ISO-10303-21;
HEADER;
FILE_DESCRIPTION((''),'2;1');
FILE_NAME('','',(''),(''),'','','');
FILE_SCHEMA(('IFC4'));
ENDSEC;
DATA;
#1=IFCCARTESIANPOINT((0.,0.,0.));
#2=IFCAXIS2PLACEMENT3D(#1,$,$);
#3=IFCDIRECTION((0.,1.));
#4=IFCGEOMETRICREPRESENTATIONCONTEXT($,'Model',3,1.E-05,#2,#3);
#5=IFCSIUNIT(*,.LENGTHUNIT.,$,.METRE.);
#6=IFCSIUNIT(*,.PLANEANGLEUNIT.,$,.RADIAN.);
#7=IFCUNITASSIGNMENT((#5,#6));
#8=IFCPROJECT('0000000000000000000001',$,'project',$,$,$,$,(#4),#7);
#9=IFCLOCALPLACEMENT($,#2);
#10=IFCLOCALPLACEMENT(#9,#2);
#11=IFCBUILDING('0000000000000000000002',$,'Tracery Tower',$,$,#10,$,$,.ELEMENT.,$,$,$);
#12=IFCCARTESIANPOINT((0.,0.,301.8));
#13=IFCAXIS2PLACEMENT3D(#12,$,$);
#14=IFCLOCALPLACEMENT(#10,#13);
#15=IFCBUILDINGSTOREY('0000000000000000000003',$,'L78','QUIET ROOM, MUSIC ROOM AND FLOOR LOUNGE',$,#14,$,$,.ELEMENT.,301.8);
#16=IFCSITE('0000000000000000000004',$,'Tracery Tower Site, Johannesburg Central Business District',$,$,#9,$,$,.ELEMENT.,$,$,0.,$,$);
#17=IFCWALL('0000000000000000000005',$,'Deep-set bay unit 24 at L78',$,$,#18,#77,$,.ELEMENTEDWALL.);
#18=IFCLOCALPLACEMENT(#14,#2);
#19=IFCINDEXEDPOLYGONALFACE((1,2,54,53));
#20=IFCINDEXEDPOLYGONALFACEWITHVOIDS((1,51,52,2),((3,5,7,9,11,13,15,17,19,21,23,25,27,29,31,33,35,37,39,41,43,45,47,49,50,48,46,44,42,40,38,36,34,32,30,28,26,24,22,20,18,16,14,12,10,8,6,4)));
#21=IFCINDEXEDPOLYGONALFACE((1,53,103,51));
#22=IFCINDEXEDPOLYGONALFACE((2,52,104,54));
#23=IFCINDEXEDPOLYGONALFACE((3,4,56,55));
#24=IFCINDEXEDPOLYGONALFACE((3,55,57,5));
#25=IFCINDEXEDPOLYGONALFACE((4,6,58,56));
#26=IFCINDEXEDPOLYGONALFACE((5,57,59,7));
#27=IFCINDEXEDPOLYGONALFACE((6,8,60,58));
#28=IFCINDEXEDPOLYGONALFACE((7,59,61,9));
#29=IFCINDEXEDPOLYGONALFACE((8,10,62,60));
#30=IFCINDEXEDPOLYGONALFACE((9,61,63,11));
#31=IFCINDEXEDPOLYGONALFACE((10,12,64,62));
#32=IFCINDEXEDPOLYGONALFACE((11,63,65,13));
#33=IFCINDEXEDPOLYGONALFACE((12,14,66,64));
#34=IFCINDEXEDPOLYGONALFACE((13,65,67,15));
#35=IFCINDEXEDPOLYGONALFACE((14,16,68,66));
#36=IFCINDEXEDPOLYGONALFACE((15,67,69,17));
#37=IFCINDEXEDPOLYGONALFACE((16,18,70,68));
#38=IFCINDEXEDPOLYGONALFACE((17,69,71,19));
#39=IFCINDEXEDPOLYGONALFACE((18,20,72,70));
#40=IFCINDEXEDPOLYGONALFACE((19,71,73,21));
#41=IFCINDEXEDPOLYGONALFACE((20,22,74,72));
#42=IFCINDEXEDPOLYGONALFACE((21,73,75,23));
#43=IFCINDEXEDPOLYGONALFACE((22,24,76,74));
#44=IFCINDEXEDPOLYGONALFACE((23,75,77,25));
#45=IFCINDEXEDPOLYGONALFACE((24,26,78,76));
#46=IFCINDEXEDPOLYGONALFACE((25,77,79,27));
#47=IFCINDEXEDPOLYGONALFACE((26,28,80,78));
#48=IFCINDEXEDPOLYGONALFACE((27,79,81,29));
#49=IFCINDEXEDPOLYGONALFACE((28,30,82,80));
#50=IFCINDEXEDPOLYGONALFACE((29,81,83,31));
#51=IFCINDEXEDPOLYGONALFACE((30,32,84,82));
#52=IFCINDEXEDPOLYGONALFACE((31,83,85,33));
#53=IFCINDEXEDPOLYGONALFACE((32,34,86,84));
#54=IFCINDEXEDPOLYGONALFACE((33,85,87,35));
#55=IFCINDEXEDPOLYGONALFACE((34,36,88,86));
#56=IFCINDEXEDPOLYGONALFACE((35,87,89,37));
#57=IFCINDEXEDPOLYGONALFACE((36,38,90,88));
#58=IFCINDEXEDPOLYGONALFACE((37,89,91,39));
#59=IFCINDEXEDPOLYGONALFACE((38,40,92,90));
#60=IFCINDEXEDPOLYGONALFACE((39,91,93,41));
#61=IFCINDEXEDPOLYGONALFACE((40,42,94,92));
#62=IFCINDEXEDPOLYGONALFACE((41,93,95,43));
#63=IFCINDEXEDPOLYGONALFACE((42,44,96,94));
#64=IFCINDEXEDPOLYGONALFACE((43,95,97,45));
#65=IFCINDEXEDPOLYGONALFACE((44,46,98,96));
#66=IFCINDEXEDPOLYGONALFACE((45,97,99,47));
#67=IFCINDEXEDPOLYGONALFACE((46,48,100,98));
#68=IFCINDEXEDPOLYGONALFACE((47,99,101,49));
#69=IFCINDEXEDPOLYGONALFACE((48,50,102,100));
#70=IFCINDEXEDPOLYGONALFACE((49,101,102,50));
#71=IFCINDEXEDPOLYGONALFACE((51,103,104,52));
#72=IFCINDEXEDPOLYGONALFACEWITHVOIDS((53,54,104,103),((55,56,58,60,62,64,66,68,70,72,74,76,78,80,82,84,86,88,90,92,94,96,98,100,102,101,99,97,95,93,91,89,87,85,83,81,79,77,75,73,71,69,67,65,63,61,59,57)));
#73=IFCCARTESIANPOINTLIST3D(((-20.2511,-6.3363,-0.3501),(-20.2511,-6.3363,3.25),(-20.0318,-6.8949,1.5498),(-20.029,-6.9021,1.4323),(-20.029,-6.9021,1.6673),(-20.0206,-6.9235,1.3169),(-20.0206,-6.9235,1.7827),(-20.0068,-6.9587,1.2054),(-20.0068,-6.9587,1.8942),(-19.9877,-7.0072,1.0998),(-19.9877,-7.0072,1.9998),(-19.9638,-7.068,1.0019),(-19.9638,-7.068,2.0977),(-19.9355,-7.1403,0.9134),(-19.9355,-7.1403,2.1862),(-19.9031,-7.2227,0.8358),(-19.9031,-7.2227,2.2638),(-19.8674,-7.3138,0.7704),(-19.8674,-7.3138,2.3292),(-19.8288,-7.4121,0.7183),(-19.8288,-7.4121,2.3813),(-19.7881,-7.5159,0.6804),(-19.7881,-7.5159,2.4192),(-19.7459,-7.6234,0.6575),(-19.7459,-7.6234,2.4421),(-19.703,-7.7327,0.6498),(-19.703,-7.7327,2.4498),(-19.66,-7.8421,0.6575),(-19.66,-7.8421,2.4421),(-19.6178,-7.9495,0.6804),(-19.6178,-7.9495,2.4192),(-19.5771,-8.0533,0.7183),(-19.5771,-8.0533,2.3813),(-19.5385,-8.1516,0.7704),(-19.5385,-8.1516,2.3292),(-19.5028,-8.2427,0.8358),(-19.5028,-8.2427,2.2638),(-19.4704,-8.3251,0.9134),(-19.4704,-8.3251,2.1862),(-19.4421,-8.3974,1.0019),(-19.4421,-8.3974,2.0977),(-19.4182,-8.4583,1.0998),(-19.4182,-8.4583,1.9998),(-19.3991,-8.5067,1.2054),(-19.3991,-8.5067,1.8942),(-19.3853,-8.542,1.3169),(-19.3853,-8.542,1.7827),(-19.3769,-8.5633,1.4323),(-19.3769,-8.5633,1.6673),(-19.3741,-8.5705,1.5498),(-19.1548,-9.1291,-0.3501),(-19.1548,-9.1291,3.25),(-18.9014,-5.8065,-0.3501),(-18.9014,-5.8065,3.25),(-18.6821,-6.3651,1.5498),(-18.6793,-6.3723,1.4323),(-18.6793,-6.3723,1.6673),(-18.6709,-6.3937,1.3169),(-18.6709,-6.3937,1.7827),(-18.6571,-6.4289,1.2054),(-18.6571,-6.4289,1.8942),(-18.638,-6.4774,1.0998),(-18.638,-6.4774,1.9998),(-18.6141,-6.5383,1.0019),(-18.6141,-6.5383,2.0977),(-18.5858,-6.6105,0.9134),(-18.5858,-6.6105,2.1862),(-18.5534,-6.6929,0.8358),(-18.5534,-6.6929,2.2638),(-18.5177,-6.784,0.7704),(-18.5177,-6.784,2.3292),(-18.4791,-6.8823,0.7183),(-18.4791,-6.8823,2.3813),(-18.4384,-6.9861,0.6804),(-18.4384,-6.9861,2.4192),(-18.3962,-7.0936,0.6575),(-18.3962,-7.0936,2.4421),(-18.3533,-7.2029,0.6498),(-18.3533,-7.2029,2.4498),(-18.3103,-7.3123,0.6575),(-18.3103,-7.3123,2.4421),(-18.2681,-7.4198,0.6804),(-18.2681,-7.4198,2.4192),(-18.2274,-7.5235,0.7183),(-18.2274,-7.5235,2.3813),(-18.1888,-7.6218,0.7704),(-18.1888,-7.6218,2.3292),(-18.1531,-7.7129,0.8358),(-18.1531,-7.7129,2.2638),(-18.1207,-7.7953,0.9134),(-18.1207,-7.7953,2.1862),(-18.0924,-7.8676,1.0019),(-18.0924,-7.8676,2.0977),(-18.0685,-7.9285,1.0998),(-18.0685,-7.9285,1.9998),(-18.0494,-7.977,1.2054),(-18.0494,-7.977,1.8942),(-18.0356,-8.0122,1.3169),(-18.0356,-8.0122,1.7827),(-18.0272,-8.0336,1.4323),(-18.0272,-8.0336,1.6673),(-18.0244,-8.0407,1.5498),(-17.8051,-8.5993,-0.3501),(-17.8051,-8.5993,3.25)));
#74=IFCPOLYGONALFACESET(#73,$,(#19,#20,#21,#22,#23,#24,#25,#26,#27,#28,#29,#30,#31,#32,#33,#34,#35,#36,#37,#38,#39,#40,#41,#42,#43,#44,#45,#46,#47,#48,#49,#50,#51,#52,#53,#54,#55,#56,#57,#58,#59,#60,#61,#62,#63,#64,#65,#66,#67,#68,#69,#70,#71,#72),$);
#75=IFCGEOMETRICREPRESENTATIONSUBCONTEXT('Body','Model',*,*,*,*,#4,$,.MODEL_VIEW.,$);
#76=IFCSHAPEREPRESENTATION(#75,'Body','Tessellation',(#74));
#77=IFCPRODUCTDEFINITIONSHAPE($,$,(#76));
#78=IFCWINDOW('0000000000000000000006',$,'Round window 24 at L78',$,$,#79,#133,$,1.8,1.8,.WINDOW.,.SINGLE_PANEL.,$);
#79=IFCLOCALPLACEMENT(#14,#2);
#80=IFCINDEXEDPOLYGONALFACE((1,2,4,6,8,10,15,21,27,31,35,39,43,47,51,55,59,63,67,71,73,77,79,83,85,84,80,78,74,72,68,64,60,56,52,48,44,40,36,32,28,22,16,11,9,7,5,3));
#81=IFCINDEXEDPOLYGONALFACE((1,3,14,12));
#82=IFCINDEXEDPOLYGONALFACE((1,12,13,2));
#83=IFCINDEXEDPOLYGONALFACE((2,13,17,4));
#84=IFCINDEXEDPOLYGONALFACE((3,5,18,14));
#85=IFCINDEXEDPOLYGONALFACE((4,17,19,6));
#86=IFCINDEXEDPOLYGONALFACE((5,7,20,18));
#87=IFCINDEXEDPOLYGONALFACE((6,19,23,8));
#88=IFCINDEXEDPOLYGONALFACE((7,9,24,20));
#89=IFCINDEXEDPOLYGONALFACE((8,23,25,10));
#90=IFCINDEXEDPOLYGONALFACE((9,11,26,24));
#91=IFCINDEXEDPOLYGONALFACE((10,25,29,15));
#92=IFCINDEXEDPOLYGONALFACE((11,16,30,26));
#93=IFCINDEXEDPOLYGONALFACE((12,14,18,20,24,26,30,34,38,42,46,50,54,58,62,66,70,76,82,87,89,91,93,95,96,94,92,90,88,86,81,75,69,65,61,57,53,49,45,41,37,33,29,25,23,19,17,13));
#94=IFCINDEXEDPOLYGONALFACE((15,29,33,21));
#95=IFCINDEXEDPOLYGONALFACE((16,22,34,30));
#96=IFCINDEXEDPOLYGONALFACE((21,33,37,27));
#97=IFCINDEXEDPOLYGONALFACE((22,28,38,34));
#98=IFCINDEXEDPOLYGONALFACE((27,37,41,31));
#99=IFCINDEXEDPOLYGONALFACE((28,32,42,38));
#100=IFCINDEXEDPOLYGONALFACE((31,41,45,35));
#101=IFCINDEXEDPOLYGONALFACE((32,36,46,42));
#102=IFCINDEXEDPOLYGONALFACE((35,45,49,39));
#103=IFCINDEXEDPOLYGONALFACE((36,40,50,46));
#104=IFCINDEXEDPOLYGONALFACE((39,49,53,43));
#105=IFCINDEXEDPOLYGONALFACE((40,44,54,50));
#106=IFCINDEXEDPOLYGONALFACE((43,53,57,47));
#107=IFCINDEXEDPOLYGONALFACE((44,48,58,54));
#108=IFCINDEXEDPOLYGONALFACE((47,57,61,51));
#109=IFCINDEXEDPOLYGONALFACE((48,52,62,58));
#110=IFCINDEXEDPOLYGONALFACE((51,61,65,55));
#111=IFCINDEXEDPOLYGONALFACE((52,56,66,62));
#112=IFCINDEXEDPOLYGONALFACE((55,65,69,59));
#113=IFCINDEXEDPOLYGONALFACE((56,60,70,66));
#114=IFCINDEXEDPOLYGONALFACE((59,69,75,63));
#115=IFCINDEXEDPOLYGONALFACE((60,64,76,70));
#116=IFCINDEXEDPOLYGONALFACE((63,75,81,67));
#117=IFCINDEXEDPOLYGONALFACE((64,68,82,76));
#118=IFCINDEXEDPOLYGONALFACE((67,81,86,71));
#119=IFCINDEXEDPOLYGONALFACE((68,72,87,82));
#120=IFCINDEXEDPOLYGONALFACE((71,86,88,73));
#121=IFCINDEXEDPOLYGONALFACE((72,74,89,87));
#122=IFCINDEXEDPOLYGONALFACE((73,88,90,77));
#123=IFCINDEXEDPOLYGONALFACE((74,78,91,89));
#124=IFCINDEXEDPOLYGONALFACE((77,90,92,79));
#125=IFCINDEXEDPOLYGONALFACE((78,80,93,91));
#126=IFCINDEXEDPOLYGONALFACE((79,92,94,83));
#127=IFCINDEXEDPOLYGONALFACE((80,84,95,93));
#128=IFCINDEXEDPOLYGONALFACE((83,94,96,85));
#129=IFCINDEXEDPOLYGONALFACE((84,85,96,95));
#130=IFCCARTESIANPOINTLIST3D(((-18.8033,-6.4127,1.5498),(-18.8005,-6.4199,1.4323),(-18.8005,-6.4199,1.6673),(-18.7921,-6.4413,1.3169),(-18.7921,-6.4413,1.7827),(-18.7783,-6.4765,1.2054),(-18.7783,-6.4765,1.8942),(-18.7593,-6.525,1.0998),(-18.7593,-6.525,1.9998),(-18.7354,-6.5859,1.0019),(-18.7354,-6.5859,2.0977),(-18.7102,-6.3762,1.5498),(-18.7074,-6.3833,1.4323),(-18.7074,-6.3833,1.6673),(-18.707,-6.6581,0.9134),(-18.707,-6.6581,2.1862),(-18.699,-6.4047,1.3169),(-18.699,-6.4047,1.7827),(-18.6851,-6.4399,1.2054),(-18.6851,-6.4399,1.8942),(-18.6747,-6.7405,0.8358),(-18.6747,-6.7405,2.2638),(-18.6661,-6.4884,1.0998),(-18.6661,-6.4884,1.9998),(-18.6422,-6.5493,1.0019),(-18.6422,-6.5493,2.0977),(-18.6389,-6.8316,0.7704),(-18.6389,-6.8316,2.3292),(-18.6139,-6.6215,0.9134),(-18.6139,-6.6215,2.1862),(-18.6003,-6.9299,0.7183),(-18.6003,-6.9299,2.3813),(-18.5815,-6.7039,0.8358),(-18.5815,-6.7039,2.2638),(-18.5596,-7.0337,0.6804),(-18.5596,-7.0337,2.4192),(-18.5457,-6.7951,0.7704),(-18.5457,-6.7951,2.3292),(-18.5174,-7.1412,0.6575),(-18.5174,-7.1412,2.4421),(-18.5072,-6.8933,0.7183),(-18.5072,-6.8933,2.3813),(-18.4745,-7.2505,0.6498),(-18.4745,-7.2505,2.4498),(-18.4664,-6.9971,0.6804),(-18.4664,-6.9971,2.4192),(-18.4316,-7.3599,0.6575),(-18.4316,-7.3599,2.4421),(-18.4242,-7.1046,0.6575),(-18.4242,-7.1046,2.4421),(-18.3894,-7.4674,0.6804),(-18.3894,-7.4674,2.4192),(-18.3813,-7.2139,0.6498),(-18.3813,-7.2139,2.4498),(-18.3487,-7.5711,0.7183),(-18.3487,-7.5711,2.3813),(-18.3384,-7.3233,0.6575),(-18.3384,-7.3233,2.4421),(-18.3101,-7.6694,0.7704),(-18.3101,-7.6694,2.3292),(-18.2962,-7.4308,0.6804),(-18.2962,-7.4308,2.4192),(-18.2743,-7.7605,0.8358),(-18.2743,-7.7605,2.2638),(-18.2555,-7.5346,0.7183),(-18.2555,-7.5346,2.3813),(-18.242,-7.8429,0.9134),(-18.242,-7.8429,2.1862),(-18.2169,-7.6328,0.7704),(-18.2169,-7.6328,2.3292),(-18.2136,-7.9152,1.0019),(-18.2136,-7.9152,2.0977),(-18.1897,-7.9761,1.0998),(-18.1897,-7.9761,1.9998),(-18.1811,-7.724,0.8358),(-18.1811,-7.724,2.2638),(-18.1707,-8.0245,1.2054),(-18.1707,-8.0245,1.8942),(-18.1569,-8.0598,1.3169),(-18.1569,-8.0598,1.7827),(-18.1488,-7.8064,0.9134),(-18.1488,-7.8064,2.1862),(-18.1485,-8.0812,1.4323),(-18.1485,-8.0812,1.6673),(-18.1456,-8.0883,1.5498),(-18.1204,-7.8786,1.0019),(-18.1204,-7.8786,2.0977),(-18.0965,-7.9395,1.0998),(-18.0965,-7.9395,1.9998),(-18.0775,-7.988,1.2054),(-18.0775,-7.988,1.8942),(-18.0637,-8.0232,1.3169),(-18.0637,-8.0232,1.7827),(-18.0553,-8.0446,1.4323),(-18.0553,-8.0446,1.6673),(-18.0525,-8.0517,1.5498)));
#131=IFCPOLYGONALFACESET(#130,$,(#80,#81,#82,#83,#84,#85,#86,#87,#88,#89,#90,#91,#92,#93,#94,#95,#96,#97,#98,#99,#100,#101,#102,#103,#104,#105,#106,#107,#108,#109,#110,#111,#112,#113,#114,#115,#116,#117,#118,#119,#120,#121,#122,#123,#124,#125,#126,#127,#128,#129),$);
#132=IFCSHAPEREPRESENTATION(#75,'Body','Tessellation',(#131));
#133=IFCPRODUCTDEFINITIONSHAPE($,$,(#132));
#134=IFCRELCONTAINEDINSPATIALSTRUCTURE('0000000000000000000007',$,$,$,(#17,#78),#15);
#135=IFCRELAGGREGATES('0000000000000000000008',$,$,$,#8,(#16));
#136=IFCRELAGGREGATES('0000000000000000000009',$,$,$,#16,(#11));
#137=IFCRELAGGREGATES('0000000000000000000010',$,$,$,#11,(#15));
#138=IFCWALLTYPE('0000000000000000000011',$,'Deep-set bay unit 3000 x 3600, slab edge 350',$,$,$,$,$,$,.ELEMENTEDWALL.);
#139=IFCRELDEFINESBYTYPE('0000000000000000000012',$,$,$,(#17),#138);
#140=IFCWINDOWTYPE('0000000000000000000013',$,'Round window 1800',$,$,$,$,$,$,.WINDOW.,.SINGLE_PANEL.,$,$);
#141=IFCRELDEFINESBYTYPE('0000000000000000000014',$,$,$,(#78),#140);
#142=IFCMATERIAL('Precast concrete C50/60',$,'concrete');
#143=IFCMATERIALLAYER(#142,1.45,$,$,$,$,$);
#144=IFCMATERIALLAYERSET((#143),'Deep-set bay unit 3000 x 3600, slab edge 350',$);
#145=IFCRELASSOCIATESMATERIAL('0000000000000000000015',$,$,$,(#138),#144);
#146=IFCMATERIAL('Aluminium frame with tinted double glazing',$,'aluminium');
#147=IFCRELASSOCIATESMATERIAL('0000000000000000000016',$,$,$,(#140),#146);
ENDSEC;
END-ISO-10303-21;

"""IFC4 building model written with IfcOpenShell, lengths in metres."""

from ifc_helpers import new_model, si_unit, direction, frame, frame_2d, origin, origin_2d, place, context, subcontext, project, spatial, rectangle, circle, extrude, material, layer, layer_set, type_object, element, fill, save


model = new_model("IFC4")

# Units and contexts
model_context = context("Model", 3, precision=1e-05, world=origin(), true_north=direction((0.0, 1.0)))
body_context = subcontext(model_context, "Body", "Model", "MODEL_VIEW")
ifc_project = project(units=[si_unit("LENGTHUNIT", "METRE"), si_unit("PLANEANGLEUNIT", "RADIAN")], contexts=[model_context])

# Site, building, storey
site_placement = place(None, origin())
site = spatial("IfcSite", under=ifc_project, at=site_placement, Name="Tracery Tower Site, Johannesburg Central Business District", CompositionType="ELEMENT", RefElevation=0.0)
building_placement = place(site_placement, origin())
building = spatial("IfcBuilding", under=site, at=building_placement, Name="Tracery Tower", CompositionType="ELEMENT")
storey_placement = place(building_placement, frame((0.0, 0.0, 301.8)))
storey = spatial("IfcBuildingStorey", under=building, at=storey_placement, Name="L78", Description="QUIET ROOM, MUSIC ROOM AND FLOOR LOUNGE", CompositionType="ELEMENT", Elevation=301.8)

# Wall, opening, window
ifc_material_1 = material(Name="Precast concrete C50/60", Category="concrete")
ifc_layer_1 = layer(ifc_material_1, 1.45)
ifc_layer_set_1 = layer_set([ifc_layer_1], Name="Deep-set bay unit 3000 x 3600, slab edge 350")
wall_type_1 = type_object("IfcWallType", Name="Deep-set bay unit 3000 x 3600, slab edge 350", PredefinedType="ELEMENTEDWALL", material=ifc_layer_set_1)
wall_1_placement = place(storey_placement, frame((-19.5762, -6.0715, -0.3501), z_axis=(0.0, 0.0, 1.0), x_axis=(0.365378, -0.930859, 0.0)))
wall_1 = element("IfcWall", 1, at=wall_1_placement, inside=storey, type_object=wall_type_1, Name="Deep-set bay unit 24 at L78", PredefinedType="ELEMENTEDWALL", context=body_context, shape_type="SweptSolid", body=[
    extrude(rectangle(XDim=3.0002, YDim=1.45, at=frame_2d((1.5, 0.0))), origin(), (0.0, 0.0, 1.0), 3.6001),
])
opening_1_placement = place(wall_1_placement, frame((1.5, 0.0, 1.8999)))
opening_1 = element("IfcOpeningElement", 2, at=opening_1_placement, cuts=wall_1, PredefinedType="OPENING", context=body_context, shape_type="SweptSolid", body=[
    extrude(circle(Radius=0.9, at=origin_2d()), frame((0.0, 0.7349, 0.0), z_axis=(0.0, -1.0, 0.0), x_axis=(1.0, 0.0, 0.0)), (0.0, 0.0, 1.0), 1.47),
])
ifc_material_2 = material(Name="Aluminium frame with tinted double glazing", Category="aluminium")
window_type = type_object("IfcWindowType", Name="Round window 1800", PartitioningType="SINGLE_PANEL", PredefinedType="WINDOW", material=ifc_material_2)
window_1_placement = place(opening_1_placement, origin())
window_1 = element("IfcWindow", 3, at=window_1_placement, inside=storey, type_object=window_type, Name="Round window 24 at L78", OverallHeight=1.8, OverallWidth=1.8, PartitioningType="SINGLE_PANEL", PredefinedType="WINDOW", context=body_context, shape_type="SweptSolid", body=[
    extrude(circle(Radius=0.9, at=origin_2d()), frame((0.0, 0.6948, 0.0), z_axis=(0.0, -1.0, 0.0), x_axis=(1.0, 0.0, 0.0)), (0.0, 0.0, 1.0), 0.1001),
])
fill(opening_1, window_1)

save(model, "model.ifc")
